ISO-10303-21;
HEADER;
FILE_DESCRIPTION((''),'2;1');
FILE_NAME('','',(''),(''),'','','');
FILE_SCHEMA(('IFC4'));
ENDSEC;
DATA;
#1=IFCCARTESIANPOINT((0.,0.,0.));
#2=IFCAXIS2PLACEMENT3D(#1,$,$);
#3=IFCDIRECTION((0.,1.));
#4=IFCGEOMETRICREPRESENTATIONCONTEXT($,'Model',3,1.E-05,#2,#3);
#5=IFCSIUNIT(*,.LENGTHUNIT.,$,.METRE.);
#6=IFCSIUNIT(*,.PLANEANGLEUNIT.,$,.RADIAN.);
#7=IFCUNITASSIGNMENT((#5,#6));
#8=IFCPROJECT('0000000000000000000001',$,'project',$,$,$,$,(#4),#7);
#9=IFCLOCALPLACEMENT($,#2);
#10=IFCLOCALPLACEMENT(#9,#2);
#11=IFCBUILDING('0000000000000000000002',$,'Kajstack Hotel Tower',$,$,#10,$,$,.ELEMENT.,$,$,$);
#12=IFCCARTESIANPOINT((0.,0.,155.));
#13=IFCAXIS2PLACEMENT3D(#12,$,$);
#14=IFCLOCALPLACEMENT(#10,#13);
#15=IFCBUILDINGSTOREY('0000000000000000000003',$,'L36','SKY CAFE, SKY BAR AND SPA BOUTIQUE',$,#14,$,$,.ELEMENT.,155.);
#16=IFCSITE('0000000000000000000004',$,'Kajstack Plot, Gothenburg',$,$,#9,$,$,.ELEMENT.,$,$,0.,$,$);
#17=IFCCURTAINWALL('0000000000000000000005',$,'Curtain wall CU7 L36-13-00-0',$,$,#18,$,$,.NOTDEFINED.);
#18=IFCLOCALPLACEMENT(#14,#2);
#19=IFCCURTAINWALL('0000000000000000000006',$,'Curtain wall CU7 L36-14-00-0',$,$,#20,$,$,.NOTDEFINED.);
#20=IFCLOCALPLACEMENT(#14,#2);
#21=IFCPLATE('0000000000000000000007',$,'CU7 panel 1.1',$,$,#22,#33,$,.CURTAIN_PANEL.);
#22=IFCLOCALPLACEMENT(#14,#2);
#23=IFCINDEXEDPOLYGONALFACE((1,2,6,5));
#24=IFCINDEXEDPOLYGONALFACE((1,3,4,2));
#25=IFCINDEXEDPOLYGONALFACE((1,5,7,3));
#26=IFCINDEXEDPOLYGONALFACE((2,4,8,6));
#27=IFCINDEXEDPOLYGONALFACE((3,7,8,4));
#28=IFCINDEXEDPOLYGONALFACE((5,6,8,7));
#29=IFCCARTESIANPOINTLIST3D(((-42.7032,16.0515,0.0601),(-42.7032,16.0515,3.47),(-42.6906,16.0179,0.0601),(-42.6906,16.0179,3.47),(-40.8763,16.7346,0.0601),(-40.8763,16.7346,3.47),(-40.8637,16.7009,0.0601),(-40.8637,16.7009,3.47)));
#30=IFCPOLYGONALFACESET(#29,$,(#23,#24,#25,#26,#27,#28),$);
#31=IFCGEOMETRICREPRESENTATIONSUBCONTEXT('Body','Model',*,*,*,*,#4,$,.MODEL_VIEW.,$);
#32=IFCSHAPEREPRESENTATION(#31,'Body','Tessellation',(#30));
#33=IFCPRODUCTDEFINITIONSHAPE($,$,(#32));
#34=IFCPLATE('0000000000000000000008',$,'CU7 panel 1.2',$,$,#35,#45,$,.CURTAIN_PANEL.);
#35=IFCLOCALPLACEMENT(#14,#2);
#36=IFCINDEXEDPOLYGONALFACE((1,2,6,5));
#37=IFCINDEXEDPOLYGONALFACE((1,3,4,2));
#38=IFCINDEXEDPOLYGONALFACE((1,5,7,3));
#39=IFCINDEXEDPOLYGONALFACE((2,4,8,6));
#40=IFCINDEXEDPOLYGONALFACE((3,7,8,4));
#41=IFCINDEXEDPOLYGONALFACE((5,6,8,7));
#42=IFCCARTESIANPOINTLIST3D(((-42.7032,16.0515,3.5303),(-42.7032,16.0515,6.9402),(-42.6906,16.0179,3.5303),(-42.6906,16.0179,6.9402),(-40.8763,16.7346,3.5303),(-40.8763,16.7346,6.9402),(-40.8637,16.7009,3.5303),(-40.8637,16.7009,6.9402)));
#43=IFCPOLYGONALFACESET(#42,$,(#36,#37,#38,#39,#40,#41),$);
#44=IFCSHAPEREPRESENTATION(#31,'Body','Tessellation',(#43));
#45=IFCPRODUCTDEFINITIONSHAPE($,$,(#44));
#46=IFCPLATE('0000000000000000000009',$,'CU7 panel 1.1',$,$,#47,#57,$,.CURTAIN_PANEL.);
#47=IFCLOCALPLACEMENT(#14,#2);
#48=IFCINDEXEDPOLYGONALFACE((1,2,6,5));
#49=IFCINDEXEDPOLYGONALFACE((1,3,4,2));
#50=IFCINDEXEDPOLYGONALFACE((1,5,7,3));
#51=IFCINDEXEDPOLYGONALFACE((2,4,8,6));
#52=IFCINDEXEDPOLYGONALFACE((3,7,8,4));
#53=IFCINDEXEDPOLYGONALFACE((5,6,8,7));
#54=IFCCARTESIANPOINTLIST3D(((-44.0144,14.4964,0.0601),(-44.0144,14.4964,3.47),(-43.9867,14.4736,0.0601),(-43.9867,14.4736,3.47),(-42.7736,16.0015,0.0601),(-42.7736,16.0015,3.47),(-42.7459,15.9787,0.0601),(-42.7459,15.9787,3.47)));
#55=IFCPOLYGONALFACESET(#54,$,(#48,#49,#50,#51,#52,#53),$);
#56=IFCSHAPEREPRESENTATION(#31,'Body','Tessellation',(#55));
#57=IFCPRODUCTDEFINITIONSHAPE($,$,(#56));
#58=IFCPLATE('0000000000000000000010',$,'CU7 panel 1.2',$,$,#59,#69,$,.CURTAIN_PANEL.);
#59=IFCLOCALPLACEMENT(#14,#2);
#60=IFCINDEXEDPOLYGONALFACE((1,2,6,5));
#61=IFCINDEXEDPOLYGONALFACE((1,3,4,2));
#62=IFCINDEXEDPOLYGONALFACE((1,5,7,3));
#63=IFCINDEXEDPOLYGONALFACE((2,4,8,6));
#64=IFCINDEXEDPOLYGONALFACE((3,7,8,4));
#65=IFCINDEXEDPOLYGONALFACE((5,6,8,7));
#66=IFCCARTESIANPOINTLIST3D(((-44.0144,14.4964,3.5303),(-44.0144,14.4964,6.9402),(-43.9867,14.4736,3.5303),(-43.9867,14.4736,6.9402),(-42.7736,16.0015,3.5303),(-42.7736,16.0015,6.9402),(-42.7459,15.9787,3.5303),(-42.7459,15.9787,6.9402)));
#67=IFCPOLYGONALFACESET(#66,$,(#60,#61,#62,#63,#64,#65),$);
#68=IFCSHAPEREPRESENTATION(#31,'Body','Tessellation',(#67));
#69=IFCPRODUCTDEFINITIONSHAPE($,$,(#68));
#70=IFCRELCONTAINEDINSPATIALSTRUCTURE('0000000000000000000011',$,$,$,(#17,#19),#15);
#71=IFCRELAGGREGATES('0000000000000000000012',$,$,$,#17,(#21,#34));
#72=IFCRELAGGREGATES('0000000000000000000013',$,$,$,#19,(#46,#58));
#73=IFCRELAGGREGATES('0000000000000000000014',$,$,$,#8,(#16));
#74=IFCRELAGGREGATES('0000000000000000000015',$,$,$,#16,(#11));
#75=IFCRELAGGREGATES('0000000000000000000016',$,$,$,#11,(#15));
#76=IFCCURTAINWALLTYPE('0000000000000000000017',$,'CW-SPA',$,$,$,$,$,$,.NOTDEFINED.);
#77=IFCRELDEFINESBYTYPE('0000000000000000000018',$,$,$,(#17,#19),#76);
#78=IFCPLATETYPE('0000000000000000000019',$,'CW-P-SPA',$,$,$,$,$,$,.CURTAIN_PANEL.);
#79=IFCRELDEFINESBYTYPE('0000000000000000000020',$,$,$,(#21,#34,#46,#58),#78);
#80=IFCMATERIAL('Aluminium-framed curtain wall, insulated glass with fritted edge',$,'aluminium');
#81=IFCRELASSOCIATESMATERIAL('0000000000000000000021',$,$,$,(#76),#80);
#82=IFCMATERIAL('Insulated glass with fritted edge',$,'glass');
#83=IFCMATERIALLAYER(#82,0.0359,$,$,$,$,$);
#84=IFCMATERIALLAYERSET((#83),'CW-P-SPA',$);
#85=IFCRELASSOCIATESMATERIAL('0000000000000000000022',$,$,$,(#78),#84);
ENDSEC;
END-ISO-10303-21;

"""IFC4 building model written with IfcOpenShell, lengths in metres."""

from ifc_helpers import new_model, si_unit, direction, frame, origin, origin_2d, place, context, subcontext, project, spatial, rectangle, extrude, material, layer, layer_set, type_object, element, aggregate, save


model = new_model("IFC4")

# Units and contexts
model_context = context("Model", 3, precision=1e-05, world=origin(), true_north=direction((0.0, 1.0)))
body_context = subcontext(model_context, "Body", "Model", "MODEL_VIEW")
ifc_project = project(units=[si_unit("LENGTHUNIT", "METRE"), si_unit("PLANEANGLEUNIT", "RADIAN")], contexts=[model_context])

# Site, building, storey
site_placement = place(None, origin())
site = spatial("IfcSite", under=ifc_project, at=site_placement, Name="Kajstack Plot, Gothenburg", CompositionType="ELEMENT", RefElevation=0.0)
building_placement = place(site_placement, origin())
building = spatial("IfcBuilding", under=site, at=building_placement, Name="Kajstack Hotel Tower", CompositionType="ELEMENT")
storey_placement = place(building_placement, frame((0.0, 0.0, 155.0)))
storey = spatial("IfcBuildingStorey", under=building, at=storey_placement, Name="L36", Description="SKY CAFE, SKY BAR AND SPA BOUTIQUE", CompositionType="ELEMENT", Elevation=155.0)

# Curtain walls
ifc_material_1 = material(Name="Aluminium-framed curtain wall, insulated glass with fritted edge", Category="aluminium")
curtain_wall_type = type_object("IfcCurtainWallType", Name="CW-SPA", PredefinedType="NOTDEFINED", material=ifc_material_1)
curtain_wall_1_placement = place(storey_placement, origin())
curtain_wall_1 = element("IfcCurtainWall", 1, at=curtain_wall_1_placement, inside=storey, type_object=curtain_wall_type, Name="Curtain wall CU7 L36-13-00-0", PredefinedType="NOTDEFINED")
curtain_wall_2_placement = place(storey_placement, origin())
curtain_wall_2 = element("IfcCurtainWall", 2, at=curtain_wall_2_placement, inside=storey, type_object=curtain_wall_type, Name="Curtain wall CU7 L36-14-00-0", PredefinedType="NOTDEFINED")

# Plates
ifc_material_2 = material(Name="Insulated glass with fritted edge", Category="glass")
ifc_layer = layer(ifc_material_2, 0.0359)
ifc_layer_set = layer_set([ifc_layer], Name="CW-P-SPA")
plate_type = type_object("IfcPlateType", Name="CW-P-SPA", PredefinedType="CURTAIN_PANEL", material=ifc_layer_set)
plate_1_placement = place(storey_placement, frame((-41.7834, 16.3762, 0.0601), z_axis=(0.0, 0.0, 1.0), x_axis=(-0.936674, -0.350202, 0.0)))
plate_1 = element("IfcPlate", 3, at=plate_1_placement, type_object=plate_type, Name="CU7 panel 1.1", PredefinedType="CURTAIN_PANEL", context=body_context, shape_type="SweptSolid", body=[
    extrude(rectangle(XDim=1.9504, YDim=0.0359, at=origin_2d()), origin(), (0.0, 0.0, 1.0), 3.4099),
])
plate_2_placement = place(storey_placement, frame((-41.7834, 16.3762, 3.5303), z_axis=(0.0, 0.0, 1.0), x_axis=(-0.936674, -0.350202, 0.0)))
plate_2 = element("IfcPlate", 4, at=plate_2_placement, type_object=plate_type, Name="CU7 panel 1.2", PredefinedType="CURTAIN_PANEL", context=body_context, shape_type="SweptSolid", body=[
    extrude(rectangle(XDim=1.9504, YDim=0.0359, at=origin_2d()), origin(), (0.0, 0.0, 1.0), 3.4099),
])
aggregate(curtain_wall_1, [plate_1, plate_2])
plate_3_placement = place(storey_placement, frame((-43.3801, 15.2375, 0.0601), z_axis=(0.0, 0.0, 1.0), x_axis=(-0.636095, -0.771611, 0.0)))
plate_3 = element("IfcPlate", 5, at=plate_3_placement, type_object=plate_type, Name="CU7 panel 1.1", PredefinedType="CURTAIN_PANEL", context=body_context, shape_type="SweptSolid", body=[
    extrude(rectangle(XDim=1.9507, YDim=0.0359, at=origin_2d()), origin(), (0.0, 0.0, 1.0), 3.4099),
])
plate_4_placement = place(storey_placement, frame((-43.3801, 15.2375, 3.5303), z_axis=(0.0, 0.0, 1.0), x_axis=(-0.636095, -0.771611, 0.0)))
plate_4 = element("IfcPlate", 6, at=plate_4_placement, type_object=plate_type, Name="CU7 panel 1.2", PredefinedType="CURTAIN_PANEL", context=body_context, shape_type="SweptSolid", body=[
    extrude(rectangle(XDim=1.9507, YDim=0.0359, at=origin_2d()), origin(), (0.0, 0.0, 1.0), 3.4099),
])
aggregate(curtain_wall_2, [plate_3, plate_4])

save(model, "model.ifc")
